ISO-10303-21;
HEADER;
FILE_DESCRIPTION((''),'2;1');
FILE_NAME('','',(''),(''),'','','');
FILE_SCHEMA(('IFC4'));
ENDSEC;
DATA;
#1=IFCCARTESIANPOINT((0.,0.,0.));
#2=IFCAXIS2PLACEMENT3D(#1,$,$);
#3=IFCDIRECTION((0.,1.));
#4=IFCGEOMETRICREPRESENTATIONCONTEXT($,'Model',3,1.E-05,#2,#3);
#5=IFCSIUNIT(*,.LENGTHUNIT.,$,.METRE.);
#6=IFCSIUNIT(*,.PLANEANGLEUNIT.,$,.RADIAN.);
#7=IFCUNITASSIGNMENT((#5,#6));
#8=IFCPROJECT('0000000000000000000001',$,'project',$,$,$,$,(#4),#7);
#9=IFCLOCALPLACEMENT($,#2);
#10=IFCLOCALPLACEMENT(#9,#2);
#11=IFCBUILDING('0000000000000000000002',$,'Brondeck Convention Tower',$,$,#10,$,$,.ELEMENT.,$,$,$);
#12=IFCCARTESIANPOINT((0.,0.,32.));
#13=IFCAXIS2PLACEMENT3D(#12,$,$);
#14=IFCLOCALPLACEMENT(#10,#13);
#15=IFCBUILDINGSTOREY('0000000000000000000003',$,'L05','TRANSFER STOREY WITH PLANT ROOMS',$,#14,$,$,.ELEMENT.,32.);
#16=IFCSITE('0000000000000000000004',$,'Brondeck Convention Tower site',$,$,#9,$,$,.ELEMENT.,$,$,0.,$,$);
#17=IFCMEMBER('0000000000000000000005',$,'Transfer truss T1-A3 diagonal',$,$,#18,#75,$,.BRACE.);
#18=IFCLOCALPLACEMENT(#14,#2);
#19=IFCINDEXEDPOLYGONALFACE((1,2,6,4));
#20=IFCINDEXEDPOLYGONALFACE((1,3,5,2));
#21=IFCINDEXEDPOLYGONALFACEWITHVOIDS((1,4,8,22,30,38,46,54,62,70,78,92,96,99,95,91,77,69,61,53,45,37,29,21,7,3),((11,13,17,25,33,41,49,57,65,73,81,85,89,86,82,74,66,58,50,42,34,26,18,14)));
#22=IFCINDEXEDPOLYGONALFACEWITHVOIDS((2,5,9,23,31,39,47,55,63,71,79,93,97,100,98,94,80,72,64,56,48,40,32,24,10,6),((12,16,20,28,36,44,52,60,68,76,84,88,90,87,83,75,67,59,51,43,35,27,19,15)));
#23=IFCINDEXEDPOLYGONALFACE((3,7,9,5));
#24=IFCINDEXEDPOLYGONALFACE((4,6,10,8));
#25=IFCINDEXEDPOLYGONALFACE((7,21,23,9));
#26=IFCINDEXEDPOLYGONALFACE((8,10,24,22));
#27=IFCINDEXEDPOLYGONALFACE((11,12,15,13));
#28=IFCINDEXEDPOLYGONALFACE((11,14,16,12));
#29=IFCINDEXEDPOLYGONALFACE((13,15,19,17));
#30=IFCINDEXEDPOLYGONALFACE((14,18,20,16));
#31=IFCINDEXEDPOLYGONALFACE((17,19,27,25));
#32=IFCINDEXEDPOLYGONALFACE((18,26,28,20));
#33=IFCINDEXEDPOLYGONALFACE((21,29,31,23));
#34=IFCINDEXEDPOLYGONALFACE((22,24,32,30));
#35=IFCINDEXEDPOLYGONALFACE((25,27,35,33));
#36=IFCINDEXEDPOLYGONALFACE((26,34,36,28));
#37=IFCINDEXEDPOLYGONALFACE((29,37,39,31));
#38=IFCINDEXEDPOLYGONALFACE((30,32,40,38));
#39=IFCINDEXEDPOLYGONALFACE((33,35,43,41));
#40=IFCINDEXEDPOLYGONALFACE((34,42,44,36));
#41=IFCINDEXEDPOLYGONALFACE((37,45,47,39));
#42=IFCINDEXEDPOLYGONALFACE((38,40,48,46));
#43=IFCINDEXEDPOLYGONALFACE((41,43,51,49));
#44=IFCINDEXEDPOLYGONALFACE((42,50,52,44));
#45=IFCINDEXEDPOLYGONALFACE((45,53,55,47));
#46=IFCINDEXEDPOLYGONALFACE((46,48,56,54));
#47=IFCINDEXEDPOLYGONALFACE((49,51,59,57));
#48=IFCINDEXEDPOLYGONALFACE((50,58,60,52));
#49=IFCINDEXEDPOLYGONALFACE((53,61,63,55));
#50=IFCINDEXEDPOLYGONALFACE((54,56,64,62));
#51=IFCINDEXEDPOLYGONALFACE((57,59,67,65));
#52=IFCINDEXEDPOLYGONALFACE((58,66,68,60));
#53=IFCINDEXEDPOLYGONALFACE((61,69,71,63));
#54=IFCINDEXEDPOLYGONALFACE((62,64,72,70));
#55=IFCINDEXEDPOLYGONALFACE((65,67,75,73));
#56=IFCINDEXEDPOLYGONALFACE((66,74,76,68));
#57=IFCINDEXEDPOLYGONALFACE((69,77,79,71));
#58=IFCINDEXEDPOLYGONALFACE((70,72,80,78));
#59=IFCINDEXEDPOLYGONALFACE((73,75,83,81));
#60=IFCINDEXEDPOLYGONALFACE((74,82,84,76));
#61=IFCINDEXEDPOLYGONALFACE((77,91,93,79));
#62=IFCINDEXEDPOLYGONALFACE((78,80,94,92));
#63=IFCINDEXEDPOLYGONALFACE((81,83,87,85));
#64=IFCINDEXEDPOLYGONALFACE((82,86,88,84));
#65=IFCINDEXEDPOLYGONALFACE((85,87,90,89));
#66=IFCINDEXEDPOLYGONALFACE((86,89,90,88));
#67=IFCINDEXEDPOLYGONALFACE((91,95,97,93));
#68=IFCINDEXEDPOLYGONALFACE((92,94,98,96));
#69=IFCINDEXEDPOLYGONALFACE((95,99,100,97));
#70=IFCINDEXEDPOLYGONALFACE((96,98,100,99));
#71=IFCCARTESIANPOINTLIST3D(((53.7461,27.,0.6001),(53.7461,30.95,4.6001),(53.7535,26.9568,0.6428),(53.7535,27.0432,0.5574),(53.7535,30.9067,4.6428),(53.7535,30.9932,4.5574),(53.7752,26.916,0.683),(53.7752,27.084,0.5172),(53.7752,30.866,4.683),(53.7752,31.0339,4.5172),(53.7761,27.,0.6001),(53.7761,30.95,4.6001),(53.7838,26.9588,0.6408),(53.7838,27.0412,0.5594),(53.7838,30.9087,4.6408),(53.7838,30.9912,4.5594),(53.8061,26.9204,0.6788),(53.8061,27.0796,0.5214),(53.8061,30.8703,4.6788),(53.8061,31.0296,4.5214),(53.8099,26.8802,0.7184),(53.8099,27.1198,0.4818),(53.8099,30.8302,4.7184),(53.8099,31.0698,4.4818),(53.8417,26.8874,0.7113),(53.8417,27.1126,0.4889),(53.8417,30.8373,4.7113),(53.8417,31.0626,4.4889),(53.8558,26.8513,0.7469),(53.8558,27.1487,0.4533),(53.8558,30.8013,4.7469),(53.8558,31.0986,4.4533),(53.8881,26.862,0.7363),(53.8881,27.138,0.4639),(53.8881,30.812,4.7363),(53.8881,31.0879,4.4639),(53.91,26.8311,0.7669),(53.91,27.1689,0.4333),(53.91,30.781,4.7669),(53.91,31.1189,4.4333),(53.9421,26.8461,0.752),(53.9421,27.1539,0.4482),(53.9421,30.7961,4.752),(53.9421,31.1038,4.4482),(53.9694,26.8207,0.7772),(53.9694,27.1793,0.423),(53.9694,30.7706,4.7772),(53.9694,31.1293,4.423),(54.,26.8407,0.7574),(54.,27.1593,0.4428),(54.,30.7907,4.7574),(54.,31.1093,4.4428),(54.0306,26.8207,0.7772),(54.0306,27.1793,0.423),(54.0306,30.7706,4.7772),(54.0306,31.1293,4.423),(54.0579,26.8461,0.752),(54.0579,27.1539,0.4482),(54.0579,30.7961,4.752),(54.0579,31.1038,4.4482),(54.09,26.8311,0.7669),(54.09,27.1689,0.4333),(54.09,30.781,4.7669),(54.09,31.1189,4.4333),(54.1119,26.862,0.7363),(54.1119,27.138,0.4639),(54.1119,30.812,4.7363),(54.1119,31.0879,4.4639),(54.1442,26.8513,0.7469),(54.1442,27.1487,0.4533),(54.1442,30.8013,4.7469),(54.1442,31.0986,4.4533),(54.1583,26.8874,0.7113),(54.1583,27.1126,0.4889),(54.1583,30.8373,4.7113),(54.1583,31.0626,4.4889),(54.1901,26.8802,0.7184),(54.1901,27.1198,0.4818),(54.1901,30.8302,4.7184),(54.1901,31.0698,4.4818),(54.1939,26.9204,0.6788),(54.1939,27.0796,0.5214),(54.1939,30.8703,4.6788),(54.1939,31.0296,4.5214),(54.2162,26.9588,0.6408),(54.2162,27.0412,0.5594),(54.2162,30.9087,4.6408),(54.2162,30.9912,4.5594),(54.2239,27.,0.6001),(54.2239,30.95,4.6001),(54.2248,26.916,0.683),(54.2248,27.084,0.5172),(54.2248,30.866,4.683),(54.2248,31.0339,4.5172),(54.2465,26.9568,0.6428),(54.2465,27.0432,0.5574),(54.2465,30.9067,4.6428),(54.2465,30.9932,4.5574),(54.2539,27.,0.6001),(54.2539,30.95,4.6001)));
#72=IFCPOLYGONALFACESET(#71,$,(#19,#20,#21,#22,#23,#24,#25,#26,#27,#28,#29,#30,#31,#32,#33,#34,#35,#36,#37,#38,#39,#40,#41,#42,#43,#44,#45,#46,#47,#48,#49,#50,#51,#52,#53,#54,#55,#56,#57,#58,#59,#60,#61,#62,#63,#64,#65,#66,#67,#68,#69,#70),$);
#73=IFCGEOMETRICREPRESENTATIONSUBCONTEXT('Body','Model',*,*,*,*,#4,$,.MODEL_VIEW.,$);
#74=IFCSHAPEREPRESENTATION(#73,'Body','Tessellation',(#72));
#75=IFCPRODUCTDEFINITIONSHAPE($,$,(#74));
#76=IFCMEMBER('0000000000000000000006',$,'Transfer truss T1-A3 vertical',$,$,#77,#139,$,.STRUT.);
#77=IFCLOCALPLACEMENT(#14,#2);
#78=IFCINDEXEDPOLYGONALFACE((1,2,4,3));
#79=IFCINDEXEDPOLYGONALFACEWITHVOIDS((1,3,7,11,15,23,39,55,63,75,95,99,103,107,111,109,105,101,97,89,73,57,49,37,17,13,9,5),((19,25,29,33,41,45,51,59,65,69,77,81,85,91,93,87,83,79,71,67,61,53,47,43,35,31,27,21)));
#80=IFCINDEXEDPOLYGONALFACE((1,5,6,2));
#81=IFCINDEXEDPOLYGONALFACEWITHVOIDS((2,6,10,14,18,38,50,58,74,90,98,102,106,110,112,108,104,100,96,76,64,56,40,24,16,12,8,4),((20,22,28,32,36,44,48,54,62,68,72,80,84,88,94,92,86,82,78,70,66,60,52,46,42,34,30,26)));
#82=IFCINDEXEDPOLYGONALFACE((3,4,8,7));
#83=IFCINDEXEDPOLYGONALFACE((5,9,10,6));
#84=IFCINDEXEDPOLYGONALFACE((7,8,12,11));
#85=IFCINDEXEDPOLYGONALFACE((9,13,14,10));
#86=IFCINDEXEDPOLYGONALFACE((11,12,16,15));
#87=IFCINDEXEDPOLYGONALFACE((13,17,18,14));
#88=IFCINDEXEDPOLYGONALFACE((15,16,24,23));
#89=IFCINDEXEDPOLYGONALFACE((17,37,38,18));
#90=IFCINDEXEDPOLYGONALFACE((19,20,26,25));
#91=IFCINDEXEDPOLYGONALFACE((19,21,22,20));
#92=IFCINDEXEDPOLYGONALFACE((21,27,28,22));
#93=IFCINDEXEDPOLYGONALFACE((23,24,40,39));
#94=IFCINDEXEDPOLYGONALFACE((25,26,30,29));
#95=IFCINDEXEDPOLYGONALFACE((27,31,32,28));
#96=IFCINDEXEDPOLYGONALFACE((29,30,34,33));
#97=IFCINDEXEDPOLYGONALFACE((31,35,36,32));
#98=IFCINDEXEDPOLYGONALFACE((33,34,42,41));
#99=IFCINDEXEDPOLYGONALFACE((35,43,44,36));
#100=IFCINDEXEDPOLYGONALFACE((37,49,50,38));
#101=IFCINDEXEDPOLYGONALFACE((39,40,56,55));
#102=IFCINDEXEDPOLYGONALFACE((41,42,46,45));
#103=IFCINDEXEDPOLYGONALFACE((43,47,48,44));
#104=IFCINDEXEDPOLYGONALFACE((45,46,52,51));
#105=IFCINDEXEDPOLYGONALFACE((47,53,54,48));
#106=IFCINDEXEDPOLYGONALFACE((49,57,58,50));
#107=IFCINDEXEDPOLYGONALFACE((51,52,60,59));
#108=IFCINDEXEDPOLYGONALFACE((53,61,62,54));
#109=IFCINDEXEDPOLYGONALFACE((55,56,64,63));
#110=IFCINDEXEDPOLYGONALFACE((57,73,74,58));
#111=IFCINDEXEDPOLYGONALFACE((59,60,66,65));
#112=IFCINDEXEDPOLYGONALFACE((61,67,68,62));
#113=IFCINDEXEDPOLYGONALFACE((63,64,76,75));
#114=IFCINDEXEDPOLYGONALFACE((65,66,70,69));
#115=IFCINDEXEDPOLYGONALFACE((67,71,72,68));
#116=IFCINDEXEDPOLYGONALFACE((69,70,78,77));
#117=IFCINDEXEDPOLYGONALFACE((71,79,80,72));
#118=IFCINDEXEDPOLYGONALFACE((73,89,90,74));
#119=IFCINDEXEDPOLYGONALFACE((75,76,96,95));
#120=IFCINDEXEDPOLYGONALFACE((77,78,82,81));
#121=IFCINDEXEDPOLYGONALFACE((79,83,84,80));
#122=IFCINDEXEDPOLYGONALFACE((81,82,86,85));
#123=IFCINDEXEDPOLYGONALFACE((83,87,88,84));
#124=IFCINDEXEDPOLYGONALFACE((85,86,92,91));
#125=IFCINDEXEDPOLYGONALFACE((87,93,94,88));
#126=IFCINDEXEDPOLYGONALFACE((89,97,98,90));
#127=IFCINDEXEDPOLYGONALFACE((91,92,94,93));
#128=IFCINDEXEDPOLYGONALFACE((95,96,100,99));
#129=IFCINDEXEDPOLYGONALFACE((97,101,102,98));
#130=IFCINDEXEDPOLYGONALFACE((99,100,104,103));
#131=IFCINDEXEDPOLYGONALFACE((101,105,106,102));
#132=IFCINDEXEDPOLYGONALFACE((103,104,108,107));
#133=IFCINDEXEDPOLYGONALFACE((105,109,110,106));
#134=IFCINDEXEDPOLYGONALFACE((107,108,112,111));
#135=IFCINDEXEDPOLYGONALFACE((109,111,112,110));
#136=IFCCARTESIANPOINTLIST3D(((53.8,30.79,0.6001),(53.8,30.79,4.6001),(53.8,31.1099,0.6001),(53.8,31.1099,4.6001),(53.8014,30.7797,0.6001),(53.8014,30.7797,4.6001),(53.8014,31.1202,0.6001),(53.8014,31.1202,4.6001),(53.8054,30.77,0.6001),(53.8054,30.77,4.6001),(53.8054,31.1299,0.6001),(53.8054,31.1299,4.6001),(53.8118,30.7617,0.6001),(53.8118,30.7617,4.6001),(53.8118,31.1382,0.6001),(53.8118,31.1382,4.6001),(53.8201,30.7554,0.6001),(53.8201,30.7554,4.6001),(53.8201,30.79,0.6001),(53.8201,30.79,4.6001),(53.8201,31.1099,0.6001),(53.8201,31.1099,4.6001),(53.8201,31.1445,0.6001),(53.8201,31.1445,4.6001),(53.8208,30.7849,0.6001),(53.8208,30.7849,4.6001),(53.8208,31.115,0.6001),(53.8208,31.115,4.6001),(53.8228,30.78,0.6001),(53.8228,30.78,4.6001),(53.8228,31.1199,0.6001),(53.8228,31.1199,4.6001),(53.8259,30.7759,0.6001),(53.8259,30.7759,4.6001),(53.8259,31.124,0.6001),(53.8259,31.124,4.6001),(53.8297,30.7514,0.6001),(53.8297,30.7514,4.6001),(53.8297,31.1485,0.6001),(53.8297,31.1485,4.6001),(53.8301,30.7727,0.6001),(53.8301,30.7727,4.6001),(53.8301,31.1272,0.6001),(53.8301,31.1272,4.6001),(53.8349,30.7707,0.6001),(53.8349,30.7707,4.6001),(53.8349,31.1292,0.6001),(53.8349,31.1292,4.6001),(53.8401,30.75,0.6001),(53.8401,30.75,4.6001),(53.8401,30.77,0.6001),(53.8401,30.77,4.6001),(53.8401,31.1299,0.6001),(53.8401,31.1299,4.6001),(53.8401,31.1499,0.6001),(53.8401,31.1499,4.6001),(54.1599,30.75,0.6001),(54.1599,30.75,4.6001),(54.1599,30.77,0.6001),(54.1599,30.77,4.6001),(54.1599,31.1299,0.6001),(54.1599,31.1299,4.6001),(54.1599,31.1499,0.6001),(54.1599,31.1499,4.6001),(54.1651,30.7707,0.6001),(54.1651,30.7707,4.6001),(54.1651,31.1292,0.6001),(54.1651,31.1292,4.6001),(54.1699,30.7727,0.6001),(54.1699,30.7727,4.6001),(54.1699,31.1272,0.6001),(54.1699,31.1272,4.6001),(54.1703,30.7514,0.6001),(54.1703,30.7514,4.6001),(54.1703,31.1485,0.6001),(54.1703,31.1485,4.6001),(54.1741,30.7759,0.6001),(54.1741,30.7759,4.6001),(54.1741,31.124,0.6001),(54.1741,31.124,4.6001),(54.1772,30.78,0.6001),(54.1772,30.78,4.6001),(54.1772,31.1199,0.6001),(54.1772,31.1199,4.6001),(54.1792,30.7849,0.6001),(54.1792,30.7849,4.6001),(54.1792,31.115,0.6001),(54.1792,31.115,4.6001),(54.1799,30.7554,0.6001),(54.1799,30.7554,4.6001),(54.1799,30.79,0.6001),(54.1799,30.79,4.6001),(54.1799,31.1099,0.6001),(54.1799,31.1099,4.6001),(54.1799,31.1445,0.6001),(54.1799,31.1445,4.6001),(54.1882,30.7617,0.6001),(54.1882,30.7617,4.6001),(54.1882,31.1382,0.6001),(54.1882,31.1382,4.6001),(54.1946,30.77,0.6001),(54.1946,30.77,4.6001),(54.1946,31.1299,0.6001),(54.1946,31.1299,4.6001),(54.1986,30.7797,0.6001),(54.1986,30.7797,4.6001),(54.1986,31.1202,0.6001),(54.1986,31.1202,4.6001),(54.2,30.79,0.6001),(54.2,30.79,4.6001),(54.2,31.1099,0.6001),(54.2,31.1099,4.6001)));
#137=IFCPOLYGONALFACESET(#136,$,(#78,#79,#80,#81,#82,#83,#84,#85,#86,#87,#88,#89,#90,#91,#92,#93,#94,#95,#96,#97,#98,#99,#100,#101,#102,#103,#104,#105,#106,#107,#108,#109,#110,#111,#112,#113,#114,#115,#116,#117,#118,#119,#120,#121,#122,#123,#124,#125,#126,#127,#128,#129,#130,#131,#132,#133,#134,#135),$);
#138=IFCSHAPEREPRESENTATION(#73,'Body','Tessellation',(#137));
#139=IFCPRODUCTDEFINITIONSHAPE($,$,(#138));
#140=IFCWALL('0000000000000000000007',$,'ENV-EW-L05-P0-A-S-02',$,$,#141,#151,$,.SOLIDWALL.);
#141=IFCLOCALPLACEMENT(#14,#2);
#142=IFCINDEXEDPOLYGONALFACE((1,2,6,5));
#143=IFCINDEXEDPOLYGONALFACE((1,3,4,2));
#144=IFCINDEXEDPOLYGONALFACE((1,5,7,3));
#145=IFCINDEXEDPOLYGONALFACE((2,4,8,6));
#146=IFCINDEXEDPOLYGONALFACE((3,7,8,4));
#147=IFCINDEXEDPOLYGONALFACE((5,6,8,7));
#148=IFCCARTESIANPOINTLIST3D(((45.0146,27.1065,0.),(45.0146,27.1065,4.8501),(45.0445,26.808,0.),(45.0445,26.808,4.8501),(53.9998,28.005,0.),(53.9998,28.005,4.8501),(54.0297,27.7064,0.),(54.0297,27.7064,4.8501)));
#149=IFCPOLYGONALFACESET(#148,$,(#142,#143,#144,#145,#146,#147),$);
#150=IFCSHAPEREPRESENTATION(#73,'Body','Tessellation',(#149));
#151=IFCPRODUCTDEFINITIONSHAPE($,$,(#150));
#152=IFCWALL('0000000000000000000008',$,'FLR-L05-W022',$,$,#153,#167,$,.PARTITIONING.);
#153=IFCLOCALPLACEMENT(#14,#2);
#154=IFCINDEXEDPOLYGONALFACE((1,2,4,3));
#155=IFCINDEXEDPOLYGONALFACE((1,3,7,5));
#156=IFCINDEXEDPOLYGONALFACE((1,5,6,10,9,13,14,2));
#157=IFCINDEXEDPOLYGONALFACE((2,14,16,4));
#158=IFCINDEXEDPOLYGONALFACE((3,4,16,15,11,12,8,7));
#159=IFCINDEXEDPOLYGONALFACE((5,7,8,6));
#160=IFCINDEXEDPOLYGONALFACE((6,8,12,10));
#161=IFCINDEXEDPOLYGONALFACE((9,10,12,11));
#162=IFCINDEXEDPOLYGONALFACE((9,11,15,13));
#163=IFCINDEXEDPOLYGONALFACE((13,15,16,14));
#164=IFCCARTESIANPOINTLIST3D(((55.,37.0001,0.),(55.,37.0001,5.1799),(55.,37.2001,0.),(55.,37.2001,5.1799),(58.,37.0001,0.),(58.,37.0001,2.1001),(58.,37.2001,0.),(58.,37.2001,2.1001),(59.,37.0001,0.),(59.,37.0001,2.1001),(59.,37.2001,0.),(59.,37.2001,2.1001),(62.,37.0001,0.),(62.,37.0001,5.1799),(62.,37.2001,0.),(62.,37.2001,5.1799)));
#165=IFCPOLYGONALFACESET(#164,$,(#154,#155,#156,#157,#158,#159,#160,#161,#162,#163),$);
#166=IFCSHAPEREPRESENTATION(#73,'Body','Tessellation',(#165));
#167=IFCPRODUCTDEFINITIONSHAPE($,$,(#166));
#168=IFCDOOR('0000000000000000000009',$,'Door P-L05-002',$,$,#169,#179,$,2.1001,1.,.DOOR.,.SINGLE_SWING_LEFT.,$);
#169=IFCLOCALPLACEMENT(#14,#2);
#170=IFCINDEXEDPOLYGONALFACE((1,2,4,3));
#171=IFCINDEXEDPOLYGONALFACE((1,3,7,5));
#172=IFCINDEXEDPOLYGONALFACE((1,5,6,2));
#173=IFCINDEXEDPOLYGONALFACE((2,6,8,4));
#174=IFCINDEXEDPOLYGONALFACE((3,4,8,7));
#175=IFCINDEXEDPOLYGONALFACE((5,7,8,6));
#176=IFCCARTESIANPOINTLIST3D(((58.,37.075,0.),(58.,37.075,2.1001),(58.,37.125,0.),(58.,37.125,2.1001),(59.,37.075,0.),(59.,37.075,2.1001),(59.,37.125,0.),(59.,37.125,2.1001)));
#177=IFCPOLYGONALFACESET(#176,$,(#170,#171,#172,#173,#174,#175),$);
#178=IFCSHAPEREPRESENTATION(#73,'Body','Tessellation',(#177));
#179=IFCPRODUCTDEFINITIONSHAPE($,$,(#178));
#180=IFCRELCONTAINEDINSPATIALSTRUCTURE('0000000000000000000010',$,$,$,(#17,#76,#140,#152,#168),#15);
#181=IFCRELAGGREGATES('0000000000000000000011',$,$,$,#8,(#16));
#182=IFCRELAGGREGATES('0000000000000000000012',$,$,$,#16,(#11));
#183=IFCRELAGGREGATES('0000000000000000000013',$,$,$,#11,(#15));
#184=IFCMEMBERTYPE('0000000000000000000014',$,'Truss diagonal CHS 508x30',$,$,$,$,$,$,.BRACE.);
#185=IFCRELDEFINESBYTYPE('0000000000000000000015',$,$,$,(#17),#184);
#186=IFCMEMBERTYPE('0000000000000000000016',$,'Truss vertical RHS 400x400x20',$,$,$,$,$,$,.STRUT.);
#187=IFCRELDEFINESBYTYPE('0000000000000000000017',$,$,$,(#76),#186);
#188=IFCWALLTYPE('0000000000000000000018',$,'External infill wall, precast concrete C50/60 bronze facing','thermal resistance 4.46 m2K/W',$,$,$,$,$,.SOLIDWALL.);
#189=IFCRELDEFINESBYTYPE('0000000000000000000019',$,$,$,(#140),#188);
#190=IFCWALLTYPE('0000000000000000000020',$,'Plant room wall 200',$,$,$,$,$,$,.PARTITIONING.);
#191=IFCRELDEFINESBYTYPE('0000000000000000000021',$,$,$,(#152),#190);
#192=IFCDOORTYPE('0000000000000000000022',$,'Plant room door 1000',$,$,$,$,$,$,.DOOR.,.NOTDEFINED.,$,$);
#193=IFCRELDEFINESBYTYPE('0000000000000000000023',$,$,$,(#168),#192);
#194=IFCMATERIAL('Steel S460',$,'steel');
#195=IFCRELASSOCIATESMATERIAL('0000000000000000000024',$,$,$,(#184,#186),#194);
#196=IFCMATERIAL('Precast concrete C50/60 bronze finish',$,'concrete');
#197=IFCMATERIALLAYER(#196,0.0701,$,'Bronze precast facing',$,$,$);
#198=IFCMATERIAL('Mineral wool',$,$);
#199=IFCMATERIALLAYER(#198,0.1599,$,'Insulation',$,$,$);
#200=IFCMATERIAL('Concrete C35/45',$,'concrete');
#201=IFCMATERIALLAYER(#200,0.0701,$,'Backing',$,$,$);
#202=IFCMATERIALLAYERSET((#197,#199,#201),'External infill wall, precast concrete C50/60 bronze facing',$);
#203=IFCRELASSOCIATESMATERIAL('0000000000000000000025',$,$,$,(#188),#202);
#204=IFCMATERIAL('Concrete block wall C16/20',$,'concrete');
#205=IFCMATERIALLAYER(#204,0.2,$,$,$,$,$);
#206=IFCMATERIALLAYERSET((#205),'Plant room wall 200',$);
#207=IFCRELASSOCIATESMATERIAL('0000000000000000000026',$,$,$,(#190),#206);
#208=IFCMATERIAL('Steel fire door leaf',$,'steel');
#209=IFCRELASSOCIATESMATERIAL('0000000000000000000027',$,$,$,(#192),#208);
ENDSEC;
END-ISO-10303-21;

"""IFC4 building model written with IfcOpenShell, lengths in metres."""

from ifc_helpers import new_model, si_unit, direction, frame, frame_2d, origin, origin_2d, place, context, subcontext, project, spatial, rectangle, hollow_rectangle, hollow_circle, extrude, material, layer, layer_set, material_profile, profile_set, type_object, element, fill, save


model = new_model("IFC4")

# Units and contexts
model_context = context("Model", 3, precision=1e-05, world=origin(), true_north=direction((0.0, 1.0)))
body_context = subcontext(model_context, "Body", "Model", "MODEL_VIEW")
ifc_project = project(units=[si_unit("LENGTHUNIT", "METRE"), si_unit("PLANEANGLEUNIT", "RADIAN")], contexts=[model_context])

# Site, building, storey
site_placement = place(None, origin())
site = spatial("IfcSite", under=ifc_project, at=site_placement, Name="Brondeck Convention Tower site", CompositionType="ELEMENT", RefElevation=0.0)
building_placement = place(site_placement, origin())
building = spatial("IfcBuilding", under=site, at=building_placement, Name="Brondeck Convention Tower", CompositionType="ELEMENT")
storey_placement = place(building_placement, frame((0.0, 0.0, 32.0)))
storey = spatial("IfcBuildingStorey", under=building, at=storey_placement, Name="L05", Description="TRANSFER STOREY WITH PLANT ROOMS", CompositionType="ELEMENT", Elevation=32.0)

# Shared definitions
ifc_material_1 = material(Name="Steel S460", Category="steel")

# Members
ifc_material_profile_1 = material_profile(ifc_material_1, hollow_circle(Radius=0.2539, WallThickness=0.03, at=origin_2d()), Name="CHS 508x30")
ifc_profile_set_1 = profile_set([ifc_material_profile_1], Name="Steel S460")
member_type_1 = type_object("IfcMemberType", Name="Truss diagonal CHS 508x30", PredefinedType="BRACE", material=ifc_profile_set_1)
member_1_placement = place(storey_placement, frame((54.0, 27.0, 0.6001), z_axis=(0.0, 0.702641, 0.711544), x_axis=(-1.0, 0.0, 0.0)))
element("IfcMember", 1, at=member_1_placement, inside=storey, type_object=member_type_1, Name="Transfer truss T1-A3 diagonal", PredefinedType="BRACE", context=body_context, shape_type="SweptSolid", body=[
    extrude(hollow_circle(Radius=0.2539, WallThickness=0.03, at=origin_2d()), origin(), (0.0, 0.0, 1.0), 5.6216),
])
ifc_material_profile_2 = material_profile(ifc_material_1, hollow_rectangle(XDim=0.3999, YDim=0.3999, WallThickness=0.02, InnerFilletRadius=0.02, OuterFilletRadius=0.04, at=origin_2d()), Name="RHS 400x400x20")
ifc_profile_set_2 = profile_set([ifc_material_profile_2], Name="Steel S460")
member_type_2 = type_object("IfcMemberType", Name="Truss vertical RHS 400x400x20", PredefinedType="STRUT", material=ifc_profile_set_2)
member_2_placement = place(storey_placement, frame((54.0, 30.95, 0.6001), z_axis=(0.0, 0.0, 1.0), x_axis=(1.0, 0.0, 0.0)))
element("IfcMember", 2, at=member_2_placement, inside=storey, type_object=member_type_2, Name="Transfer truss T1-A3 vertical", PredefinedType="STRUT", context=body_context, shape_type="SweptSolid", body=[
    extrude(hollow_rectangle(XDim=0.3999, YDim=0.3999, WallThickness=0.02, InnerFilletRadius=0.02, OuterFilletRadius=0.04, at=origin_2d()), origin(), (0.0, 0.0, 1.0), 4.0),
])

# Wall
ifc_material_2 = material(Name="Precast concrete C50/60 bronze finish", Category="concrete")
ifc_layer_1 = layer(ifc_material_2, 0.0701, Name="Bronze precast facing")
ifc_material_3 = material(Name="Mineral wool")
ifc_layer_2 = layer(ifc_material_3, 0.1599, Name="Insulation")
ifc_material_4 = material(Name="Concrete C35/45", Category="concrete")
ifc_layer_3 = layer(ifc_material_4, 0.0701, Name="Backing")
ifc_layer_set_1 = layer_set([ifc_layer_1, ifc_layer_2, ifc_layer_3], Name="External infill wall, precast concrete C50/60 bronze facing")
wall_type_1 = type_object("IfcWallType", Name="External infill wall, precast concrete C50/60 bronze facing", Description="thermal resistance 4.46 m2K/W", PredefinedType="SOLIDWALL", material=ifc_layer_set_1)
wall_1_placement = place(storey_placement, frame((54.0149, 27.8557, 0.0), z_axis=(0.0, 0.0, 1.0), x_axis=(-0.995038, -0.099496, 0.0)))
element("IfcWall", 3, at=wall_1_placement, inside=storey, type_object=wall_type_1, Name="ENV-EW-L05-P0-A-S-02", PredefinedType="SOLIDWALL", context=body_context, shape_type="SweptSolid", body=[
    extrude(rectangle(XDim=9.03, YDim=0.3, at=frame_2d((4.5151, 0.0))), origin(), (0.0, 0.0, 1.0), 4.8501),
])

# Wall, opening, door
ifc_material_5 = material(Name="Concrete block wall C16/20", Category="concrete")
ifc_layer_4 = layer(ifc_material_5, 0.2)
ifc_layer_set_2 = layer_set([ifc_layer_4], Name="Plant room wall 200")
wall_type_2 = type_object("IfcWallType", Name="Plant room wall 200", PredefinedType="PARTITIONING", material=ifc_layer_set_2)
wall_2_placement = place(storey_placement, frame((55.0, 37.1001, 0.0), z_axis=(0.0, 0.0, 1.0), x_axis=(1.0, 0.0, 0.0)))
wall_2 = element("IfcWall", 4, at=wall_2_placement, inside=storey, type_object=wall_type_2, Name="FLR-L05-W022", PredefinedType="PARTITIONING", context=body_context, shape_type="SweptSolid", body=[
    extrude(rectangle(XDim=7.0, YDim=0.2, at=frame_2d((3.5, 0.0))), origin(), (0.0, 0.0, 1.0), 5.1799),
])
opening_placement = place(wall_2_placement, frame((3.0, 0.0, 0.0)))
opening = element("IfcOpeningElement", 5, at=opening_placement, cuts=wall_2, PredefinedType="OPENING", context=body_context, shape_type="SweptSolid", body=[
    extrude(rectangle(XDim=1.0, YDim=2.1001, at=frame_2d((0.5, 1.05))), frame((0.0, 0.1099, 0.0), z_axis=(0.0, -1.0, 0.0), x_axis=(1.0, 0.0, 0.0)), (0.0, 0.0, 1.0), 0.22),
])
ifc_material_6 = material(Name="Steel fire door leaf", Category="steel")
door_type = type_object("IfcDoorType", Name="Plant room door 1000", OperationType="NOTDEFINED", PredefinedType="DOOR", material=ifc_material_6)
door_placement = place(opening_placement, origin())
door = element("IfcDoor", 6, at=door_placement, inside=storey, type_object=door_type, Name="Door P-L05-002", OperationType="SINGLE_SWING_LEFT", OverallHeight=2.1001, OverallWidth=1.0, PredefinedType="DOOR", context=body_context, shape_type="SweptSolid", body=[
    extrude(rectangle(XDim=1.0, YDim=2.1001, at=frame_2d((0.5, 1.05))), frame((0.0, 0.0249, 0.0), z_axis=(0.0, -1.0, 0.0), x_axis=(1.0, 0.0, 0.0)), (0.0, 0.0, 1.0), 0.05),
])
fill(opening, door)

save(model, "model.ifc")
